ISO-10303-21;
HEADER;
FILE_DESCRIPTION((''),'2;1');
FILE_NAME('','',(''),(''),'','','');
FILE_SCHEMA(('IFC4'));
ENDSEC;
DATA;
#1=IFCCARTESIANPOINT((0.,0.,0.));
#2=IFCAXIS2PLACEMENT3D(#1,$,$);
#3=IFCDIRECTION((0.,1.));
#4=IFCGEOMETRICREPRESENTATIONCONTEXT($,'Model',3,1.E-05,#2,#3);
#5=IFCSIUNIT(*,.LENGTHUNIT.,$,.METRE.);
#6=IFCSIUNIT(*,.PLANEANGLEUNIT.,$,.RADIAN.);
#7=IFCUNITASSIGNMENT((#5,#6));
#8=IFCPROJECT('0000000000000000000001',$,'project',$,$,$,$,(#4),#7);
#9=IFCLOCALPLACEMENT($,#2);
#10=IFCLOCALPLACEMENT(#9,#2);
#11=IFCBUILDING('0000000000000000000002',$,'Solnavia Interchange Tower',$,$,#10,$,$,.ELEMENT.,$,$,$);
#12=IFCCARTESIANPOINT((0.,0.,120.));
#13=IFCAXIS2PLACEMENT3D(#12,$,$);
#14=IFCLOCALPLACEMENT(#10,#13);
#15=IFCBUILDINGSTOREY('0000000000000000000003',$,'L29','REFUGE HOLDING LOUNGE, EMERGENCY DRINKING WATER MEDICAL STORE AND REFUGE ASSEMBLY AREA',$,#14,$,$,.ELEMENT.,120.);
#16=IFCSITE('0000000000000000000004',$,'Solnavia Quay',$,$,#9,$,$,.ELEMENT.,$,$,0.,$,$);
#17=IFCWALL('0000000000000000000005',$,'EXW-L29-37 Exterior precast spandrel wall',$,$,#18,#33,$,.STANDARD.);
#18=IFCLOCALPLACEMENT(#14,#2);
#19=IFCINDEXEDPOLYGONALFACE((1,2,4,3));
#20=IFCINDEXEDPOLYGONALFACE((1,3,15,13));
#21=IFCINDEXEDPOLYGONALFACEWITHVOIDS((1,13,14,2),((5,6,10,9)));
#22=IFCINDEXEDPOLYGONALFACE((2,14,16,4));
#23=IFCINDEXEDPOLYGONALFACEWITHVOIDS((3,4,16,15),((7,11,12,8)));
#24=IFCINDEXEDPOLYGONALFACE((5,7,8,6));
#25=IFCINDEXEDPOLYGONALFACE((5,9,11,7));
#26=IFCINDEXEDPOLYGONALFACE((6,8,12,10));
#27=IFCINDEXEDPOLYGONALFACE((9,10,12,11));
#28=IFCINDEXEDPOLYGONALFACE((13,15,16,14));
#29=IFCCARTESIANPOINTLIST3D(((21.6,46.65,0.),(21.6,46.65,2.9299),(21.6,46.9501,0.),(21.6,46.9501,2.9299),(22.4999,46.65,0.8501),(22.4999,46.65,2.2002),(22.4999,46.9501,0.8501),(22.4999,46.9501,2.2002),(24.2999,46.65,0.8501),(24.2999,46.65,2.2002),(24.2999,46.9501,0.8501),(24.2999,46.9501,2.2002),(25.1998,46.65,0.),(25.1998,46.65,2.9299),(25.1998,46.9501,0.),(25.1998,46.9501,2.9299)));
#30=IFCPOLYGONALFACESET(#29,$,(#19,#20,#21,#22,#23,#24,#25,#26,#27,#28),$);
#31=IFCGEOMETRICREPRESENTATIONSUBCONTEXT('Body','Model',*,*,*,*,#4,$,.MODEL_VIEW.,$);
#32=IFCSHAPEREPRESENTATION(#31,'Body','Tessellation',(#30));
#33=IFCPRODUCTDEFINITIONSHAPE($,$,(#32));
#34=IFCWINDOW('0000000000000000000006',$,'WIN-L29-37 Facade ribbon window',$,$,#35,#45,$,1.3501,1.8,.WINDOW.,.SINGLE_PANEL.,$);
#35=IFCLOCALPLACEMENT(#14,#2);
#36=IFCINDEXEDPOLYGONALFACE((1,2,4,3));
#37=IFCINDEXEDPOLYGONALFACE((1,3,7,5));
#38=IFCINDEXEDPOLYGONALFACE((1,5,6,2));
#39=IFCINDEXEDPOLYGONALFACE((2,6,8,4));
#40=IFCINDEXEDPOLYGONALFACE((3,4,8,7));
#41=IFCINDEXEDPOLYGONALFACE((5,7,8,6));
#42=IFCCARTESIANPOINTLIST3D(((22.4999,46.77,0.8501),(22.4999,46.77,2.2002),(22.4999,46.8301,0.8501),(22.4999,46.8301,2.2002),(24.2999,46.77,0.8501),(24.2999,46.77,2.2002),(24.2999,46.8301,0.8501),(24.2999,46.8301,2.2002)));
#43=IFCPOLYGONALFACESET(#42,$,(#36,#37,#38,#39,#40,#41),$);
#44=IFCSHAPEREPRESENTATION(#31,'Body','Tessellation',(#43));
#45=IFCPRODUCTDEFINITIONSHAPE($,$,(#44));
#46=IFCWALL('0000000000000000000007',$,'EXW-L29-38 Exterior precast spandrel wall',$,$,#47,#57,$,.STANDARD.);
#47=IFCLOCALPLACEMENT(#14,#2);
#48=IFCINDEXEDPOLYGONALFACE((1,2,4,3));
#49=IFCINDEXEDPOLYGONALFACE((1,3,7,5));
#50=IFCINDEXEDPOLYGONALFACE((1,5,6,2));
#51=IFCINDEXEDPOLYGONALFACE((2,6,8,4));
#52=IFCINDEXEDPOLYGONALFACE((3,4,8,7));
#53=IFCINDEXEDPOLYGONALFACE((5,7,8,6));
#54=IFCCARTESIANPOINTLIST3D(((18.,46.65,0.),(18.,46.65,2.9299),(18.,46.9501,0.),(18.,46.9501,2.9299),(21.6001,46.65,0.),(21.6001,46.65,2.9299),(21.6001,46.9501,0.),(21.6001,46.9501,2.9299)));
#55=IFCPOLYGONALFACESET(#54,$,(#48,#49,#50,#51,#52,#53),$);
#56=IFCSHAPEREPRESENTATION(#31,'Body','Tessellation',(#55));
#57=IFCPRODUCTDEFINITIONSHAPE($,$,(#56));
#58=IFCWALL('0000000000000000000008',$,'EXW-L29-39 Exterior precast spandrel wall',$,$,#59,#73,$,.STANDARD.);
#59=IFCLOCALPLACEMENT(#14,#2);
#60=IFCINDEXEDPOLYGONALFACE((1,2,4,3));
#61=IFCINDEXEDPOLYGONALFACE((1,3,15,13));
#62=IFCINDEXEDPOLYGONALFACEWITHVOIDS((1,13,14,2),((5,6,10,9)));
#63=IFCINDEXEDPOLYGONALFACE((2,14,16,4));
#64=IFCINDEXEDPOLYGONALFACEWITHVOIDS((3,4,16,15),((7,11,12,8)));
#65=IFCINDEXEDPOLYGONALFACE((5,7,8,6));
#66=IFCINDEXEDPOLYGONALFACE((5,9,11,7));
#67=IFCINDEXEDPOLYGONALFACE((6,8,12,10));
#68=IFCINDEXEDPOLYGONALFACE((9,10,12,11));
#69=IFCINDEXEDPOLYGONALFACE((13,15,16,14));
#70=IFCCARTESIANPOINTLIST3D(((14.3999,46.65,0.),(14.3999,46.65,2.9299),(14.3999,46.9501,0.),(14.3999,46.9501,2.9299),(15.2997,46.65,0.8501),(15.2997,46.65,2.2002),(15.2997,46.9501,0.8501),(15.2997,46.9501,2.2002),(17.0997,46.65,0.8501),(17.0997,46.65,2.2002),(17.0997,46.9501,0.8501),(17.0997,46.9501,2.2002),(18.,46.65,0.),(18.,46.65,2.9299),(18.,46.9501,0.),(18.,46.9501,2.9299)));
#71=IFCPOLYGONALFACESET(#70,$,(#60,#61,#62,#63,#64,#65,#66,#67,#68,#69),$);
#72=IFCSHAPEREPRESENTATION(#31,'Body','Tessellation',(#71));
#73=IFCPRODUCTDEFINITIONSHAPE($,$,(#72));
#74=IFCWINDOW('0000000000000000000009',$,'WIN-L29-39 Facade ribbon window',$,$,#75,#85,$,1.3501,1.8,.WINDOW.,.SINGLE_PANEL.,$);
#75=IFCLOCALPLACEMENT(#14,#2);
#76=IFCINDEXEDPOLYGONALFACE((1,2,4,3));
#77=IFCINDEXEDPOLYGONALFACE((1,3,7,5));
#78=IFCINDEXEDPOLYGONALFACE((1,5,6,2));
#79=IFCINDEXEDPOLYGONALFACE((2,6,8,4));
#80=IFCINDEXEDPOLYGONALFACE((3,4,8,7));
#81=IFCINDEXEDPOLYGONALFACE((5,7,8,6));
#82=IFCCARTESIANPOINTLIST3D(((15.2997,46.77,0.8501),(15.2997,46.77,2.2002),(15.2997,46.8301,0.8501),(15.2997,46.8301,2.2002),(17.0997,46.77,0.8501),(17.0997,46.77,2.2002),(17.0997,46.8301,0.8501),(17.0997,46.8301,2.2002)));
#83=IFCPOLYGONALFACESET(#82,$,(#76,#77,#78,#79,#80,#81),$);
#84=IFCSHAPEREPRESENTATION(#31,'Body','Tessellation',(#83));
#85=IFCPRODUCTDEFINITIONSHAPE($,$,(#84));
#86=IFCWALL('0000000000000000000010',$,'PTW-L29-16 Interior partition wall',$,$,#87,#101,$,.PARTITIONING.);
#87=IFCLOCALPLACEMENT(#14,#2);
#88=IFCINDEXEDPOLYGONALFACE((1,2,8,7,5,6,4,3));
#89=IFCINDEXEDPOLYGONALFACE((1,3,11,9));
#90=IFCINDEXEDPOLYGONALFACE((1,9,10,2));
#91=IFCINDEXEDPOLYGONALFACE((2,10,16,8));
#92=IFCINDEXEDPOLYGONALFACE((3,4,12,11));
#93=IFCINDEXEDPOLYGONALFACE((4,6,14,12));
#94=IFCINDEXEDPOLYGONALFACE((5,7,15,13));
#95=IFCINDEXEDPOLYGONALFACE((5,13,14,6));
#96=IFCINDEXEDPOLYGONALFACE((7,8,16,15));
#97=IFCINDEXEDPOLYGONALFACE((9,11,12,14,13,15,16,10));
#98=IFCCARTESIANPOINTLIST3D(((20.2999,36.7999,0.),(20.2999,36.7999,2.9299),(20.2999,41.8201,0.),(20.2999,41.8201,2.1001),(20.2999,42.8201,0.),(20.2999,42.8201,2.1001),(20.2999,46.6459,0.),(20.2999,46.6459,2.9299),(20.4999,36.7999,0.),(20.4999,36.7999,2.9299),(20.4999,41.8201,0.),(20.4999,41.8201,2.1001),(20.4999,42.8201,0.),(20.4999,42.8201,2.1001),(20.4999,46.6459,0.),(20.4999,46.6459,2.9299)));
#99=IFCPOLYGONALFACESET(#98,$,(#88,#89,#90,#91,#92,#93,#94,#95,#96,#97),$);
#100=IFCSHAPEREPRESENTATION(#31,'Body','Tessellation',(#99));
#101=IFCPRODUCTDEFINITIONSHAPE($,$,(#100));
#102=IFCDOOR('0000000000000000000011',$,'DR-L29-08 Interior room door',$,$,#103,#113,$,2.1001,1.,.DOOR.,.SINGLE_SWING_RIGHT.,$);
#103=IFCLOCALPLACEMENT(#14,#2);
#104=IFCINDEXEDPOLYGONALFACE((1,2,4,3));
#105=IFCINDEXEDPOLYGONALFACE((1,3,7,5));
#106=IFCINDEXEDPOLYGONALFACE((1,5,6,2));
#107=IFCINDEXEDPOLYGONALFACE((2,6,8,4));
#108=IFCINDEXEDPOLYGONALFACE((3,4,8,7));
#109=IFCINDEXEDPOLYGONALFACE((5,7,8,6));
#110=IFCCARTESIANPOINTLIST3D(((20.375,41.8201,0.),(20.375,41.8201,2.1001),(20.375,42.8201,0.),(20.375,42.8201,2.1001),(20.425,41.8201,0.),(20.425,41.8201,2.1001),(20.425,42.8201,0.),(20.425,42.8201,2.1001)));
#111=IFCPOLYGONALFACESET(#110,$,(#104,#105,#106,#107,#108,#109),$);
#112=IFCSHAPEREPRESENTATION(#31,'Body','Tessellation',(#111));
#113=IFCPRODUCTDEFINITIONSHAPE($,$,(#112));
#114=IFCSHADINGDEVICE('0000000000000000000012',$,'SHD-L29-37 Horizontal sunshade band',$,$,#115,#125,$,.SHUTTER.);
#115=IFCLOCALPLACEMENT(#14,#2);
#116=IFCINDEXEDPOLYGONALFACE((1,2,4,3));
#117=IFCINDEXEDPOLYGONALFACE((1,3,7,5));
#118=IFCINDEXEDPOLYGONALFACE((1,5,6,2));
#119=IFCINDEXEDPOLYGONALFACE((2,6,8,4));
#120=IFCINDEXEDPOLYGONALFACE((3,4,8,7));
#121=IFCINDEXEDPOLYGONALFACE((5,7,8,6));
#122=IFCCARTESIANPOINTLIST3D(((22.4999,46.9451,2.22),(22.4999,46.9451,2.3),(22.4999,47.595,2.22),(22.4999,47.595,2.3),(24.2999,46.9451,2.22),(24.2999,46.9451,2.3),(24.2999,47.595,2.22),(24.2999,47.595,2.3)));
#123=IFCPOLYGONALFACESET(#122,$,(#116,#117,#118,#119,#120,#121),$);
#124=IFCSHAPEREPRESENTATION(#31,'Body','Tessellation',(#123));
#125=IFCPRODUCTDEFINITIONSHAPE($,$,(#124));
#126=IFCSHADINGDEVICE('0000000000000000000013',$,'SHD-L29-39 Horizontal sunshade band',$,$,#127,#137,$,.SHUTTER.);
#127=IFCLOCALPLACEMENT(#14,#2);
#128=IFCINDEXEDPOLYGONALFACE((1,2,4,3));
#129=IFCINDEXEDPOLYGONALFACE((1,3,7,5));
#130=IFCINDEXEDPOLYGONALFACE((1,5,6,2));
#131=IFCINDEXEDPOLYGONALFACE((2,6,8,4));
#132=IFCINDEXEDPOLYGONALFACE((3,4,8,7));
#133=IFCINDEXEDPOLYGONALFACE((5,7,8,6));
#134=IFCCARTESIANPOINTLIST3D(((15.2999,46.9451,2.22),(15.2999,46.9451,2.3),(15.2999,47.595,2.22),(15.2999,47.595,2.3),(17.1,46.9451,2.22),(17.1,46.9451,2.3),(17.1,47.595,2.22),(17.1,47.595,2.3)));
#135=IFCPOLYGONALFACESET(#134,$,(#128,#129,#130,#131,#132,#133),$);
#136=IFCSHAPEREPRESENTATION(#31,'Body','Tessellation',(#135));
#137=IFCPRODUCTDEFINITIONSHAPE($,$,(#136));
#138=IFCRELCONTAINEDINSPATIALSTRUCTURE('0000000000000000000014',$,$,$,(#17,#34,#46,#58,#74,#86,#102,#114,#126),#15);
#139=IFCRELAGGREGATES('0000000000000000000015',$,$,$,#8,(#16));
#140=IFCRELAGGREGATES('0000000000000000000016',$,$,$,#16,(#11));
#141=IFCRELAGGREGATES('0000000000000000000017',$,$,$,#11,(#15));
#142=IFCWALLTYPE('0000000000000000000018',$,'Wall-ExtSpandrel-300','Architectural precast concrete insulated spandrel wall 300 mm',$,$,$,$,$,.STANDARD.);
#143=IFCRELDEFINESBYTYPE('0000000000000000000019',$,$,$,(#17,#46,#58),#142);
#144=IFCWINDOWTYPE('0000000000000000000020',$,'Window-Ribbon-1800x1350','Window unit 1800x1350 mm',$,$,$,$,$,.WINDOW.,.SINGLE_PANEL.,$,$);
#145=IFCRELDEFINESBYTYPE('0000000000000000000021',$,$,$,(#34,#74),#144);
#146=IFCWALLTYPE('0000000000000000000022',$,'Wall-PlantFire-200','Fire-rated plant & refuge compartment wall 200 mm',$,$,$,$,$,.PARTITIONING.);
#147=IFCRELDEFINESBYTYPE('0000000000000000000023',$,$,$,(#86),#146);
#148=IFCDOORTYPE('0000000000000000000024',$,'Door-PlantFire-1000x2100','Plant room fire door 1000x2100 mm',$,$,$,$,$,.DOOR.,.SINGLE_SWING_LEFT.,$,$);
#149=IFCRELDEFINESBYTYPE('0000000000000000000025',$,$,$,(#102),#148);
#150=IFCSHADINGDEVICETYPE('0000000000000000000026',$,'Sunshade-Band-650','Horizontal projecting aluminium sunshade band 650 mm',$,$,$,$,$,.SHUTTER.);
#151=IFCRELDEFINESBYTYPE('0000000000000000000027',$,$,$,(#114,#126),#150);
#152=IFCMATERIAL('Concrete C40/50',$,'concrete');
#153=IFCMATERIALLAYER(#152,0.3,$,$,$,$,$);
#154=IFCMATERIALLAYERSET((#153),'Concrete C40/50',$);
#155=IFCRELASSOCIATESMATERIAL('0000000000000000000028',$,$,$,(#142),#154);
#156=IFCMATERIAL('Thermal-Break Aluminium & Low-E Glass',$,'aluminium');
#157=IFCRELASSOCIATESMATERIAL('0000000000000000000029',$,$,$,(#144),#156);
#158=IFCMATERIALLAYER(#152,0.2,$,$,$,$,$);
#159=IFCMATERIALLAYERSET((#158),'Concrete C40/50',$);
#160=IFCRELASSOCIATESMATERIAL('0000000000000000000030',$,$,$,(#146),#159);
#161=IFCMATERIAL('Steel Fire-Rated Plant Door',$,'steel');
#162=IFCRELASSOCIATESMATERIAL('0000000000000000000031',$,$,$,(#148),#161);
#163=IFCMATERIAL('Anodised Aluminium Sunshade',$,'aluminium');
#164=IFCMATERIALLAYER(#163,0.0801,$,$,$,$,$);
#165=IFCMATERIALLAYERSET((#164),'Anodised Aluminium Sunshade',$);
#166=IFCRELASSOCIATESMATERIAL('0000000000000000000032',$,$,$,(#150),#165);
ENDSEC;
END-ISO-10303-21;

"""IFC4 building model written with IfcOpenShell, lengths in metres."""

from ifc_helpers import new_model, si_unit, direction, frame, frame_2d, origin, origin_2d, place, context, subcontext, project, spatial, rectangle, extrude, material, layer, layer_set, type_object, element, fill, save


model = new_model("IFC4")

# Units and contexts
model_context = context("Model", 3, precision=1e-05, world=origin(), true_north=direction((0.0, 1.0)))
body_context = subcontext(model_context, "Body", "Model", "MODEL_VIEW")
ifc_project = project(units=[si_unit("LENGTHUNIT", "METRE"), si_unit("PLANEANGLEUNIT", "RADIAN")], contexts=[model_context])

# Site, building, storey
site_placement = place(None, origin())
site = spatial("IfcSite", under=ifc_project, at=site_placement, Name="Solnavia Quay", CompositionType="ELEMENT", RefElevation=0.0)
building_placement = place(site_placement, origin())
building = spatial("IfcBuilding", under=site, at=building_placement, Name="Solnavia Interchange Tower", CompositionType="ELEMENT")
storey_placement = place(building_placement, frame((0.0, 0.0, 120.0)))
storey = spatial("IfcBuildingStorey", under=building, at=storey_placement, Name="L29", Description="REFUGE HOLDING LOUNGE, EMERGENCY DRINKING WATER MEDICAL STORE AND REFUGE ASSEMBLY AREA", CompositionType="ELEMENT", Elevation=120.0)

# Wall, opening, window
ifc_material_1 = material(Name="Concrete C40/50", Category="concrete")
ifc_layer_1 = layer(ifc_material_1, 0.3)
ifc_layer_set_1 = layer_set([ifc_layer_1], Name="Concrete C40/50")
wall_type_1 = type_object("IfcWallType", Name="Wall-ExtSpandrel-300", Description="Architectural precast concrete insulated spandrel wall 300 mm", PredefinedType="STANDARD", material=ifc_layer_set_1)
wall_1_placement = place(storey_placement, frame((21.6001, 46.8, 0.0), z_axis=(0.0, 0.0, 1.0), x_axis=(1.0, 0.0, 0.0)))
wall_1 = element("IfcWall", 1, at=wall_1_placement, inside=storey, type_object=wall_type_1, Name="EXW-L29-37 Exterior precast spandrel wall", PredefinedType="STANDARD", context=body_context, shape_type="SweptSolid", body=[
    extrude(rectangle(XDim=3.5999, YDim=0.3, at=frame_2d((1.7998, 0.0))), origin(), (0.0, 0.0, 1.0), 2.9299),
])
opening_1_placement = place(wall_1_placement, frame((0.8999, 0.0, 0.8501)))
opening_1 = element("IfcOpeningElement", 2, at=opening_1_placement, cuts=wall_1, PredefinedType="OPENING", context=body_context, shape_type="SweptSolid", body=[
    extrude(rectangle(XDim=1.8, YDim=1.3501, at=frame_2d((0.8999, 0.675))), frame((0.0, 0.1602, 0.0), z_axis=(0.0, -1.0, 0.0), x_axis=(1.0, 0.0, 0.0)), (0.0, 0.0, 1.0), 0.3201),
])
ifc_material_2 = material(Name="Thermal-Break Aluminium & Low-E Glass", Category="aluminium")
window_type = type_object("IfcWindowType", Name="Window-Ribbon-1800x1350", Description="Window unit 1800x1350 mm", PartitioningType="SINGLE_PANEL", PredefinedType="WINDOW", material=ifc_material_2)
window_1_placement = place(opening_1_placement, origin())
window_1 = element("IfcWindow", 3, at=window_1_placement, inside=storey, type_object=window_type, Name="WIN-L29-37 Facade ribbon window", OverallHeight=1.3501, OverallWidth=1.8, PartitioningType="SINGLE_PANEL", PredefinedType="WINDOW", context=body_context, shape_type="SweptSolid", body=[
    extrude(rectangle(XDim=1.8, YDim=1.3501, at=frame_2d((0.8999, 0.675))), frame((0.0, 0.03, 0.0), z_axis=(0.0, -1.0, 0.0), x_axis=(1.0, 0.0, 0.0)), (0.0, 0.0, 1.0), 0.0601),
])
fill(opening_1, window_1)

# Wall
wall_2_placement = place(storey_placement, frame((18.0, 46.8, 0.0), z_axis=(0.0, 0.0, 1.0), x_axis=(1.0, 0.0, 0.0)))
element("IfcWall", 4, at=wall_2_placement, inside=storey, type_object=wall_type_1, Name="EXW-L29-38 Exterior precast spandrel wall", PredefinedType="STANDARD", context=body_context, shape_type="SweptSolid", body=[
    extrude(rectangle(XDim=3.6001, YDim=0.3, at=frame_2d((1.8, 0.0))), origin(), (0.0, 0.0, 1.0), 2.9299),
])

# Wall, opening, window
wall_3_placement = place(storey_placement, frame((14.3999, 46.8, 0.0), z_axis=(0.0, 0.0, 1.0), x_axis=(1.0, 0.0, 0.0)))
wall_3 = element("IfcWall", 5, at=wall_3_placement, inside=storey, type_object=wall_type_1, Name="EXW-L29-39 Exterior precast spandrel wall", PredefinedType="STANDARD", context=body_context, shape_type="SweptSolid", body=[
    extrude(rectangle(XDim=3.6001, YDim=0.3, at=frame_2d((1.8, 0.0))), origin(), (0.0, 0.0, 1.0), 2.9299),
])
opening_2_placement = place(wall_3_placement, frame((0.8999, 0.0, 0.8501)))
opening_2 = element("IfcOpeningElement", 6, at=opening_2_placement, cuts=wall_3, PredefinedType="OPENING", context=body_context, shape_type="SweptSolid", body=[
    extrude(rectangle(XDim=1.8, YDim=1.3501, at=frame_2d((0.8999, 0.675))), frame((0.0, 0.1602, 0.0), z_axis=(0.0, -1.0, 0.0), x_axis=(1.0, 0.0, 0.0)), (0.0, 0.0, 1.0), 0.3201),
])
window_2_placement = place(opening_2_placement, origin())
window_2 = element("IfcWindow", 7, at=window_2_placement, inside=storey, type_object=window_type, Name="WIN-L29-39 Facade ribbon window", OverallHeight=1.3501, OverallWidth=1.8, PartitioningType="SINGLE_PANEL", PredefinedType="WINDOW", context=body_context, shape_type="SweptSolid", body=[
    extrude(rectangle(XDim=1.8, YDim=1.3501, at=frame_2d((0.8999, 0.675))), frame((0.0, 0.03, 0.0), z_axis=(0.0, -1.0, 0.0), x_axis=(1.0, 0.0, 0.0)), (0.0, 0.0, 1.0), 0.0601),
])
fill(opening_2, window_2)

# Wall, opening, door
ifc_layer_2 = layer(ifc_material_1, 0.2)
ifc_layer_set_2 = layer_set([ifc_layer_2], Name="Concrete C40/50")
wall_type_2 = type_object("IfcWallType", Name="Wall-PlantFire-200", Description="Fire-rated plant & refuge compartment wall 200 mm", PredefinedType="PARTITIONING", material=ifc_layer_set_2)
wall_4_placement = place(storey_placement, frame((20.3999, 36.8, 0.0), z_axis=(0.0, 0.0, 1.0), x_axis=(0.0, 1.0, 0.0)))
wall_4 = element("IfcWall", 8, at=wall_4_placement, inside=storey, type_object=wall_type_2, Name="PTW-L29-16 Interior partition wall", PredefinedType="PARTITIONING", context=body_context, shape_type="SweptSolid", body=[
    extrude(rectangle(XDim=9.8459, YDim=0.2, at=frame_2d((4.9229, 0.0))), origin(), (0.0, 0.0, 1.0), 2.9299),
])
opening_3_placement = place(wall_4_placement, frame((5.02, 0.0, 0.0)))
opening_3 = element("IfcOpeningElement", 9, at=opening_3_placement, cuts=wall_4, PredefinedType="OPENING", context=body_context, shape_type="SweptSolid", body=[
    extrude(rectangle(XDim=1.0, YDim=2.1001, at=frame_2d((0.5, 1.05))), frame((0.0, 0.1099, 0.0), z_axis=(0.0, -1.0, 0.0), x_axis=(1.0, 0.0, 0.0)), (0.0, 0.0, 1.0), 0.22),
])
ifc_material_3 = material(Name="Steel Fire-Rated Plant Door", Category="steel")
door_type = type_object("IfcDoorType", Name="Door-PlantFire-1000x2100", Description="Plant room fire door 1000x2100 mm", OperationType="SINGLE_SWING_LEFT", PredefinedType="DOOR", material=ifc_material_3)
door_placement = place(opening_3_placement, origin())
door = element("IfcDoor", 10, at=door_placement, inside=storey, type_object=door_type, Name="DR-L29-08 Interior room door", OperationType="SINGLE_SWING_RIGHT", OverallHeight=2.1001, OverallWidth=1.0, PredefinedType="DOOR", context=body_context, shape_type="SweptSolid", body=[
    extrude(rectangle(XDim=1.0, YDim=2.1001, at=frame_2d((0.5, 1.05))), frame((0.0, 0.0249, 0.0), z_axis=(0.0, -1.0, 0.0), x_axis=(1.0, 0.0, 0.0)), (0.0, 0.0, 1.0), 0.05),
])
fill(opening_3, door)

# Shading devices
ifc_material_4 = material(Name="Anodised Aluminium Sunshade", Category="aluminium")
ifc_layer_3 = layer(ifc_material_4, 0.0801)
ifc_layer_set_3 = layer_set([ifc_layer_3], Name="Anodised Aluminium Sunshade")
shading_device_type = type_object("IfcShadingDeviceType", Name="Sunshade-Band-650", Description="Horizontal projecting aluminium sunshade band 650 mm", PredefinedType="SHUTTER", material=ifc_layer_set_3)
for number, where, z_axis, x_axis, name in (
    (11, (23.3999, 47.27, 2.22), (0.0, 0.0, 1.0), (1.0, 0.0, 0.0), "SHD-L29-37 Horizontal sunshade band"),
    (12, (16.2, 47.27, 2.22), (0.0, 0.0, 1.0), (1.0, 0.0, 0.0), "SHD-L29-39 Horizontal sunshade band"),
):
    element("IfcShadingDevice", number, at=place(storey_placement, frame(where, z_axis=z_axis, x_axis=x_axis)), inside=storey, type_object=shading_device_type, Name=name, PredefinedType="SHUTTER", context=body_context, shape_type="SweptSolid", body=[
        extrude(rectangle(XDim=1.8, YDim=0.6499, at=origin_2d()), origin(), (0.0, 0.0, 1.0), 0.0801),
    ])

save(model, "model.ifc")
